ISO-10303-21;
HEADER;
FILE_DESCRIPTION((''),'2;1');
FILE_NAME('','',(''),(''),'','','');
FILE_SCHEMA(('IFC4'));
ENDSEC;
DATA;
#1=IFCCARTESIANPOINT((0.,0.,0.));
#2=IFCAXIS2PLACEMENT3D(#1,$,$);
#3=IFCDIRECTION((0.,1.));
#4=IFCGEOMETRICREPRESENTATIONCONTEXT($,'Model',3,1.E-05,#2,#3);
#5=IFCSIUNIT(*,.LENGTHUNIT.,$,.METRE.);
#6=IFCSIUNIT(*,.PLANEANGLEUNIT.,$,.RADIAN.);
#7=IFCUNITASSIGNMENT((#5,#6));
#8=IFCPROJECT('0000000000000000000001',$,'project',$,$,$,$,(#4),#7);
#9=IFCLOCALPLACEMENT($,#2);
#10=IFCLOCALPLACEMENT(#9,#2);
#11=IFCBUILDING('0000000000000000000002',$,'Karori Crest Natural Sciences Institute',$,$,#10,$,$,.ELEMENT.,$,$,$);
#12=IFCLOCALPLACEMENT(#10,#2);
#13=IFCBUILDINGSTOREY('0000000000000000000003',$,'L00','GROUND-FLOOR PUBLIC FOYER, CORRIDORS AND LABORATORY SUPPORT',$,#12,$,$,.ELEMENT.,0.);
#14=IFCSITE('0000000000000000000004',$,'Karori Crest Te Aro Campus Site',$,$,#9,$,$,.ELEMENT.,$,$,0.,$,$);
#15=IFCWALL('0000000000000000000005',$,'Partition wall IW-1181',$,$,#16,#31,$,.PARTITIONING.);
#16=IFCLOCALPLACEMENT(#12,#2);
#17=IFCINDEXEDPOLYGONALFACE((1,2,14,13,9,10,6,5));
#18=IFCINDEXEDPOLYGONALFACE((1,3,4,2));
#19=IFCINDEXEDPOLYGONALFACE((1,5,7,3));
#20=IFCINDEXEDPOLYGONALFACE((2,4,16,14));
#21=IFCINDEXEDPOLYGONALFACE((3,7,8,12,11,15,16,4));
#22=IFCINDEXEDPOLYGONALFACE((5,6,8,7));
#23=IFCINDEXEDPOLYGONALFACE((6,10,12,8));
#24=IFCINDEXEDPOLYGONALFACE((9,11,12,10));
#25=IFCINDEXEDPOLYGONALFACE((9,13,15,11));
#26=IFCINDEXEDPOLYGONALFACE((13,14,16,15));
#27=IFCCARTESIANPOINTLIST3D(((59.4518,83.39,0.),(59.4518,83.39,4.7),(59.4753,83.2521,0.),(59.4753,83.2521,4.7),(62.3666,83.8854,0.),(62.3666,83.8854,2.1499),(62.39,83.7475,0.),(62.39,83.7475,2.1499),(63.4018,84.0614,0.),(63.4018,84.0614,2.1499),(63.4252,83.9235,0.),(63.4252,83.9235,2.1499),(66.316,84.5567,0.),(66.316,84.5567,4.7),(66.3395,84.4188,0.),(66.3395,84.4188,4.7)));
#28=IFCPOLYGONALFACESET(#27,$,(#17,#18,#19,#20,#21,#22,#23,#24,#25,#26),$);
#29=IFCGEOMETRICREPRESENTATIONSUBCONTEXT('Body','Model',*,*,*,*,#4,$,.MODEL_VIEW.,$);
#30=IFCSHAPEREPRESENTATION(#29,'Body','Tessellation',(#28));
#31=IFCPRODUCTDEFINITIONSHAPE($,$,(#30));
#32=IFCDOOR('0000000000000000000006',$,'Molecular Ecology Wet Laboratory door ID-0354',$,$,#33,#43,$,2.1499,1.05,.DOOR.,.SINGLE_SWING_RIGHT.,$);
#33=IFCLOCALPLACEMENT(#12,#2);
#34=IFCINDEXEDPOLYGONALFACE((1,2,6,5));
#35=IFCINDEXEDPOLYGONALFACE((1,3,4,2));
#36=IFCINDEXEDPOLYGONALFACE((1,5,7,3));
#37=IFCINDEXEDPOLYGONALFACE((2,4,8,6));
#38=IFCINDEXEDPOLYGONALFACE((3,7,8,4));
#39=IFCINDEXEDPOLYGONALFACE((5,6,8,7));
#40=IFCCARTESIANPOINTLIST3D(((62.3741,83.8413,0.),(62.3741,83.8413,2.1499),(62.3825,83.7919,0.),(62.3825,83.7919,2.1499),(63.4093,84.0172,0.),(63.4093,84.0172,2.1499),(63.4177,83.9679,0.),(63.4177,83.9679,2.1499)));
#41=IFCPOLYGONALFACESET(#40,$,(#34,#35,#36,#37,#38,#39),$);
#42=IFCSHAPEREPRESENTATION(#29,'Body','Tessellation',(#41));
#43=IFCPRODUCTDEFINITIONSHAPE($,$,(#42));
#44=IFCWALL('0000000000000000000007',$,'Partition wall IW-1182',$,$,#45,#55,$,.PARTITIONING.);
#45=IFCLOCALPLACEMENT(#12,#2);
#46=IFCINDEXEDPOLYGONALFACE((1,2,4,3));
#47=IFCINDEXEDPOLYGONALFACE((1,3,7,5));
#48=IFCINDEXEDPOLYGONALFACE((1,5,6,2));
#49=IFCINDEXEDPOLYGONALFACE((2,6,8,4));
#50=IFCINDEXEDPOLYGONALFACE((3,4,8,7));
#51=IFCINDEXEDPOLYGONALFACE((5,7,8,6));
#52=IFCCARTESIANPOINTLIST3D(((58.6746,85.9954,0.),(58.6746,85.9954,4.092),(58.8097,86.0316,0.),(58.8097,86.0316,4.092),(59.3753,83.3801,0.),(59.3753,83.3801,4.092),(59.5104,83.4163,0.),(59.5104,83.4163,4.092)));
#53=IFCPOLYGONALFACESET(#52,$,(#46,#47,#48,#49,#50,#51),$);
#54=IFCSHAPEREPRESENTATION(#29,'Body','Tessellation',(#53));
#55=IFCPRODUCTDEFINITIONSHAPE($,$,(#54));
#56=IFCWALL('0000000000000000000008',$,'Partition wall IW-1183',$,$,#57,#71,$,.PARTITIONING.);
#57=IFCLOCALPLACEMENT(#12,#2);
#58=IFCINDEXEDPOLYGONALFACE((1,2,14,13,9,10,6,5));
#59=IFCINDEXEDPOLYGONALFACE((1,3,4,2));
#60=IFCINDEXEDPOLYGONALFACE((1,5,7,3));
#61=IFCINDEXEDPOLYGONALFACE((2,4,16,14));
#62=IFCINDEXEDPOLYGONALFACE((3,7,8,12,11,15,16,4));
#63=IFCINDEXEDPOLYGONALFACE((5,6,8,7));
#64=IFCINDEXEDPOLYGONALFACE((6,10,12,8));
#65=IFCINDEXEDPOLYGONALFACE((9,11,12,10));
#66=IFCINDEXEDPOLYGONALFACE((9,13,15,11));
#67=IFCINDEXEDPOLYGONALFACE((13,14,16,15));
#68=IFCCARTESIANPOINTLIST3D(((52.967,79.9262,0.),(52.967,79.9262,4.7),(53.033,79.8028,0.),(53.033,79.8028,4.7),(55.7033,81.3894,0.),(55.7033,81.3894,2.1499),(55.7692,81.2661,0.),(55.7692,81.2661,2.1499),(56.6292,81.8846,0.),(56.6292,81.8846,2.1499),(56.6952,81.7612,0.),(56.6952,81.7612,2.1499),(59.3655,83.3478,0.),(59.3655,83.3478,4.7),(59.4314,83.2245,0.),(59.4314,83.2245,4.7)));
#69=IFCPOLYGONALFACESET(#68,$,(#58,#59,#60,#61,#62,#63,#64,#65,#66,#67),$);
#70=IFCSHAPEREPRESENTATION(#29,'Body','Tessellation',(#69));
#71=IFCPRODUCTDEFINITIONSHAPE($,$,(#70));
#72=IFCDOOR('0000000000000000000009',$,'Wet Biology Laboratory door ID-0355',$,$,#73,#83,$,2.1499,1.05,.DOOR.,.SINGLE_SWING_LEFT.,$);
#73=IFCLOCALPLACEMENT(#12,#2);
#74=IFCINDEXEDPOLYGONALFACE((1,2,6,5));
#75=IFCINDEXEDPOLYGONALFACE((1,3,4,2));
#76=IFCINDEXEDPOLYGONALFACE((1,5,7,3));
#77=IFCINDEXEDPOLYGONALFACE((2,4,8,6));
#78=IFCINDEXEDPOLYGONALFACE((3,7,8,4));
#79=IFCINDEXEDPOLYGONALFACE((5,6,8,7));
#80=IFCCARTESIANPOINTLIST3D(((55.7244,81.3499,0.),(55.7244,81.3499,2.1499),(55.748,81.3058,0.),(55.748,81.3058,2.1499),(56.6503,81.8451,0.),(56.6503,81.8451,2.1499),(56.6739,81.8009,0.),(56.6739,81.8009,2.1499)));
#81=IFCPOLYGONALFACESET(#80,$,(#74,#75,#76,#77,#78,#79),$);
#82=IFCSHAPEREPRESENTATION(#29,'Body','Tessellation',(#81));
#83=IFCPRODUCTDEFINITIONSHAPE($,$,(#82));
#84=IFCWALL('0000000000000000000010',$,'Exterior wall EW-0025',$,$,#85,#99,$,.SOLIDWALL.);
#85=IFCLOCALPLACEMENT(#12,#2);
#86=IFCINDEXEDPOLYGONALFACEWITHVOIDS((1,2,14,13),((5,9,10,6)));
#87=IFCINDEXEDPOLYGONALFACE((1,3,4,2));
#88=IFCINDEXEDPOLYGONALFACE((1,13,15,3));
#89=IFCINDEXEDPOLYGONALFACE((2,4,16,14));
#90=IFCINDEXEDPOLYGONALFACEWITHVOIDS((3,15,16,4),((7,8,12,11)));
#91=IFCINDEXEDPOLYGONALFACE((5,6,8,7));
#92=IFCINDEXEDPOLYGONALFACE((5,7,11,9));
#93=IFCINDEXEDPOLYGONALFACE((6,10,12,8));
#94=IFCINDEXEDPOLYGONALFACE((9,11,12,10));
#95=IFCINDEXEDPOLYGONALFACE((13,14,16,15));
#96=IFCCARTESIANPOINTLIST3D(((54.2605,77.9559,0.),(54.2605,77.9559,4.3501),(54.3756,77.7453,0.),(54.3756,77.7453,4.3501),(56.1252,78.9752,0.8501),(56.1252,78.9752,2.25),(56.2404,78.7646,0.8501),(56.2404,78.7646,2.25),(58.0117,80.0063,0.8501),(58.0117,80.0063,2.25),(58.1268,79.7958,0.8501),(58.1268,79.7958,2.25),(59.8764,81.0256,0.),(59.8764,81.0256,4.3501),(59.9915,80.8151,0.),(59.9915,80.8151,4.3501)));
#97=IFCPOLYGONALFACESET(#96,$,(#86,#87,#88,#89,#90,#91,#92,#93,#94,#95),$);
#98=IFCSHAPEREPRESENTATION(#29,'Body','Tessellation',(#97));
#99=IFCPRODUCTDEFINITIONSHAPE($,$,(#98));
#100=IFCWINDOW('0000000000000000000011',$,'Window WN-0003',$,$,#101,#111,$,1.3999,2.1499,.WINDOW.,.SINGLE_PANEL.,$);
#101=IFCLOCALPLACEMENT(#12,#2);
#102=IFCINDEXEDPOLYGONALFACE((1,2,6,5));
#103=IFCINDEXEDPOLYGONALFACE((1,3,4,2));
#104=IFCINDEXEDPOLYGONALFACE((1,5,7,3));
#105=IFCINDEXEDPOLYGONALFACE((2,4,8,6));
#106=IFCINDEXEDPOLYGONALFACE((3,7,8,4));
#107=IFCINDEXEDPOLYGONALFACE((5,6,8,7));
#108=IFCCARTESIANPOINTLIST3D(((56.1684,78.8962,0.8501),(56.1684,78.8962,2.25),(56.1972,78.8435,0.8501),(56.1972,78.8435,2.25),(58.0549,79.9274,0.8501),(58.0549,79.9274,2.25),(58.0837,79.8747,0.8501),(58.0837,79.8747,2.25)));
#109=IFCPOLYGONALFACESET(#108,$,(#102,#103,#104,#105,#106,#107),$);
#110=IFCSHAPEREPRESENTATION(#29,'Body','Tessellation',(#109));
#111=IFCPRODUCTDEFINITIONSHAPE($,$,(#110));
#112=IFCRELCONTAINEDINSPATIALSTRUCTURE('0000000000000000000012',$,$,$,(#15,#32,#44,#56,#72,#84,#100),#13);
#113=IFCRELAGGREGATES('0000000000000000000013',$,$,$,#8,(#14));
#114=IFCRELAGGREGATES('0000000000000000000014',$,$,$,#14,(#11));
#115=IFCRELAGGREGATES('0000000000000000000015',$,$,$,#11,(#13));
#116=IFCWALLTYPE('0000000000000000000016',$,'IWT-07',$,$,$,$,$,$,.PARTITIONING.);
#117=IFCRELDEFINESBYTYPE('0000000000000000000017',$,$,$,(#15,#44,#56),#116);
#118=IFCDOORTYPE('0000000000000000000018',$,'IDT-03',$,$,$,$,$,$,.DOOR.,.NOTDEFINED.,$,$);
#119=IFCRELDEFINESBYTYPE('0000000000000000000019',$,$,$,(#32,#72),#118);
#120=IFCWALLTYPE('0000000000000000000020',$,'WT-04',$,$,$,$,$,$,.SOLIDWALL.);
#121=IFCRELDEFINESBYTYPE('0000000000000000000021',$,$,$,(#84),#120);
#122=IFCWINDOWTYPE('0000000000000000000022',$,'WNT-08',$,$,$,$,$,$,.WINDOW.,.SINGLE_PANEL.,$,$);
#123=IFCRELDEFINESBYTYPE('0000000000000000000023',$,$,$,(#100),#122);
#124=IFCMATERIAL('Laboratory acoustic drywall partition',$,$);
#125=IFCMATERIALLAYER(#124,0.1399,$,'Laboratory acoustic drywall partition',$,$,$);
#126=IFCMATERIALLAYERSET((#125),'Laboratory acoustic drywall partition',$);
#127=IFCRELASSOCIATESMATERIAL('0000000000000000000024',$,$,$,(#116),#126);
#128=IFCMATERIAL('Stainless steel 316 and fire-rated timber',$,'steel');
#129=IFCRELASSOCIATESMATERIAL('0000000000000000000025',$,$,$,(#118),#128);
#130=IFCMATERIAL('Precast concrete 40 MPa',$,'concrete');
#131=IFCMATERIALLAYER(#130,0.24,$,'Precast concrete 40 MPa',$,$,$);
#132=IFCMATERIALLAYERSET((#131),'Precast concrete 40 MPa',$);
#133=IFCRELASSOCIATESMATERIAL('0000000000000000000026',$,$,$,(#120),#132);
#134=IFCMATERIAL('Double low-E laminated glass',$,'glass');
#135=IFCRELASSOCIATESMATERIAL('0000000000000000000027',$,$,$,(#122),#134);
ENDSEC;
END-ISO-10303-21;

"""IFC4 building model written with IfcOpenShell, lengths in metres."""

from ifc_helpers import new_model, si_unit, direction, frame, frame_2d, origin, place, context, subcontext, project, spatial, rectangle, extrude, material, layer, layer_set, type_object, element, fill, save


model = new_model("IFC4")

# Units and contexts
model_context = context("Model", 3, precision=1e-05, world=origin(), true_north=direction((0.0, 1.0)))
body_context = subcontext(model_context, "Body", "Model", "MODEL_VIEW")
ifc_project = project(units=[si_unit("LENGTHUNIT", "METRE"), si_unit("PLANEANGLEUNIT", "RADIAN")], contexts=[model_context])

# Site, building, storey
site_placement = place(None, origin())
site = spatial("IfcSite", under=ifc_project, at=site_placement, Name="Karori Crest Te Aro Campus Site", CompositionType="ELEMENT", RefElevation=0.0)
building_placement = place(site_placement, origin())
building = spatial("IfcBuilding", under=site, at=building_placement, Name="Karori Crest Natural Sciences Institute", CompositionType="ELEMENT")
storey_placement = place(building_placement, origin())
storey = spatial("IfcBuildingStorey", under=building, at=storey_placement, Name="L00", Description="GROUND-FLOOR PUBLIC FOYER, CORRIDORS AND LABORATORY SUPPORT", CompositionType="ELEMENT", Elevation=0.0)

# Shared definitions
ifc_material_1 = material(Name="Laboratory acoustic drywall partition")
ifc_layer_1 = layer(ifc_material_1, 0.1399, Name="Laboratory acoustic drywall partition")
ifc_layer_set_1 = layer_set([ifc_layer_1], Name="Laboratory acoustic drywall partition")
wall_type_1 = type_object("IfcWallType", Name="IWT-07", PredefinedType="PARTITIONING", material=ifc_layer_set_1)

# Wall, opening, door
wall_1_placement = place(storey_placement, frame((66.3279, 84.4878, 0.0), z_axis=(0.0, 0.0, 1.0), x_axis=(-0.98586, -0.167571, 0.0)))
wall_1 = element("IfcWall", 1, at=wall_1_placement, inside=storey, type_object=wall_type_1, Name="Partition wall IW-1181", PredefinedType="PARTITIONING", context=body_context, shape_type="SweptSolid", body=[
    extrude(rectangle(XDim=6.9626, YDim=0.1399, at=frame_2d((3.4814, 0.0))), origin(), (0.0, 0.0, 1.0), 4.7),
])
opening_1_placement = place(wall_1_placement, frame((2.9563, 0.0, 0.0)))
opening_1 = element("IfcOpeningElement", 2, at=opening_1_placement, cuts=wall_1, PredefinedType="OPENING", context=body_context, shape_type="SweptSolid", body=[
    extrude(rectangle(XDim=1.05, YDim=2.1499, at=frame_2d((0.5249, 1.075))), frame((0.0, 0.0801, 0.0), z_axis=(0.0, -1.0, 0.0), x_axis=(1.0, 0.0, 0.0)), (0.0, 0.0, 1.0), 0.1599),
])
ifc_material_2 = material(Name="Stainless steel 316 and fire-rated timber", Category="steel")
door_type_1 = type_object("IfcDoorType", Name="IDT-03", OperationType="NOTDEFINED", PredefinedType="DOOR", material=ifc_material_2)
door_1_placement = place(opening_1_placement, origin())
door_1 = element("IfcDoor", 3, at=door_1_placement, inside=storey, type_object=door_type_1, Name="Molecular Ecology Wet Laboratory door ID-0354", OperationType="SINGLE_SWING_RIGHT", OverallHeight=2.1499, OverallWidth=1.05, PredefinedType="DOOR", context=body_context, shape_type="SweptSolid", body=[
    extrude(rectangle(XDim=1.05, YDim=2.1499, at=frame_2d((0.5249, 1.075))), frame((0.0, 0.0249, 0.0), z_axis=(0.0, -1.0, 0.0), x_axis=(1.0, 0.0, 0.0)), (0.0, 0.0, 1.0), 0.05),
])
fill(opening_1, door_1)

# Wall
wall_2_placement = place(storey_placement, frame((59.4429, 83.3982, 0.0), z_axis=(0.0, 0.0, 1.0), x_axis=(-0.258796, 0.965932, 0.0)))
element("IfcWall", 4, at=wall_2_placement, inside=storey, type_object=wall_type_1, Name="Partition wall IW-1182", PredefinedType="PARTITIONING", context=body_context, shape_type="SweptSolid", body=[
    extrude(rectangle(XDim=2.7075, YDim=0.1399, at=frame_2d((1.3538, 0.0))), origin(), (0.0, 0.0, 1.0), 4.092),
])

# Wall, opening, door
wall_3_placement = place(storey_placement, frame((59.3984, 83.2861, 0.0), z_axis=(0.0, 0.0, 1.0), x_axis=(-0.88183, -0.471568, 0.0)))
wall_3 = element("IfcWall", 5, at=wall_3_placement, inside=storey, type_object=wall_type_1, Name="Partition wall IW-1183", PredefinedType="PARTITIONING", context=body_context, shape_type="SweptSolid", body=[
    extrude(rectangle(XDim=7.2559, YDim=0.1399, at=frame_2d((3.6279, 0.0))), origin(), (0.0, 0.0, 1.0), 4.7),
])
opening_2_placement = place(wall_3_placement, frame((3.103, 0.0, 0.0)))
opening_2 = element("IfcOpeningElement", 6, at=opening_2_placement, cuts=wall_3, PredefinedType="OPENING", context=body_context, shape_type="SweptSolid", body=[
    extrude(rectangle(XDim=1.05, YDim=2.1499, at=frame_2d((0.5249, 1.075))), frame((0.0, 0.0801, 0.0), z_axis=(0.0, -1.0, 0.0), x_axis=(1.0, 0.0, 0.0)), (0.0, 0.0, 1.0), 0.1599),
])
door_2_placement = place(opening_2_placement, origin())
door_2 = element("IfcDoor", 7, at=door_2_placement, inside=storey, type_object=door_type_1, Name="Wet Biology Laboratory door ID-0355", OperationType="SINGLE_SWING_LEFT", OverallHeight=2.1499, OverallWidth=1.05, PredefinedType="DOOR", context=body_context, shape_type="SweptSolid", body=[
    extrude(rectangle(XDim=1.05, YDim=2.1499, at=frame_2d((0.5249, 1.075))), frame((0.0, 0.0249, 0.0), z_axis=(0.0, -1.0, 0.0), x_axis=(1.0, 0.0, 0.0)), (0.0, 0.0, 1.0), 0.05),
])
fill(opening_2, door_2)

# Wall, opening, window
ifc_material_3 = material(Name="Precast concrete 40 MPa", Category="concrete")
ifc_layer_2 = layer(ifc_material_3, 0.24, Name="Precast concrete 40 MPa")
ifc_layer_set_2 = layer_set([ifc_layer_2], Name="Precast concrete 40 MPa")
wall_type_2 = type_object("IfcWallType", Name="WT-04", PredefinedType="SOLIDWALL", material=ifc_layer_set_2)
wall_4_placement = place(storey_placement, frame((59.9341, 80.9204, 0.0), z_axis=(0.0, 0.0, 1.0), x_axis=(-0.877464, -0.479643, 0.0)))
wall_4 = element("IfcWall", 8, at=wall_4_placement, inside=storey, type_object=wall_type_2, Name="Exterior wall EW-0025", PredefinedType="SOLIDWALL", context=body_context, shape_type="SweptSolid", body=[
    extrude(rectangle(XDim=6.4001, YDim=0.24, at=frame_2d((3.2002, 0.0))), origin(), (0.0, 0.0, 1.0), 4.3501),
])
opening_3_placement = place(wall_4_placement, frame((2.1252, 0.0, 0.8501)))
opening_3 = element("IfcOpeningElement", 9, at=opening_3_placement, cuts=wall_4, PredefinedType="OPENING", context=body_context, shape_type="SweptSolid", body=[
    extrude(rectangle(XDim=2.1499, YDim=1.3999, at=frame_2d((1.075, 0.7))), frame((0.0, 0.1299, 0.0), z_axis=(0.0, -1.0, 0.0), x_axis=(1.0, 0.0, 0.0)), (0.0, 0.0, 1.0), 0.26),
])
ifc_material_4 = material(Name="Double low-E laminated glass", Category="glass")
window_type = type_object("IfcWindowType", Name="WNT-08", PartitioningType="SINGLE_PANEL", PredefinedType="WINDOW", material=ifc_material_4)
window_placement = place(opening_3_placement, origin())
window = element("IfcWindow", 10, at=window_placement, inside=storey, type_object=window_type, Name="Window WN-0003", OverallHeight=1.3999, OverallWidth=2.1499, PartitioningType="SINGLE_PANEL", PredefinedType="WINDOW", context=body_context, shape_type="SweptSolid", body=[
    extrude(rectangle(XDim=2.1499, YDim=1.3999, at=frame_2d((1.075, 0.7))), frame((0.0, 0.03, 0.0), z_axis=(0.0, -1.0, 0.0), x_axis=(1.0, 0.0, 0.0)), (0.0, 0.0, 1.0), 0.0601),
])
fill(opening_3, window)

save(model, "model.ifc")
